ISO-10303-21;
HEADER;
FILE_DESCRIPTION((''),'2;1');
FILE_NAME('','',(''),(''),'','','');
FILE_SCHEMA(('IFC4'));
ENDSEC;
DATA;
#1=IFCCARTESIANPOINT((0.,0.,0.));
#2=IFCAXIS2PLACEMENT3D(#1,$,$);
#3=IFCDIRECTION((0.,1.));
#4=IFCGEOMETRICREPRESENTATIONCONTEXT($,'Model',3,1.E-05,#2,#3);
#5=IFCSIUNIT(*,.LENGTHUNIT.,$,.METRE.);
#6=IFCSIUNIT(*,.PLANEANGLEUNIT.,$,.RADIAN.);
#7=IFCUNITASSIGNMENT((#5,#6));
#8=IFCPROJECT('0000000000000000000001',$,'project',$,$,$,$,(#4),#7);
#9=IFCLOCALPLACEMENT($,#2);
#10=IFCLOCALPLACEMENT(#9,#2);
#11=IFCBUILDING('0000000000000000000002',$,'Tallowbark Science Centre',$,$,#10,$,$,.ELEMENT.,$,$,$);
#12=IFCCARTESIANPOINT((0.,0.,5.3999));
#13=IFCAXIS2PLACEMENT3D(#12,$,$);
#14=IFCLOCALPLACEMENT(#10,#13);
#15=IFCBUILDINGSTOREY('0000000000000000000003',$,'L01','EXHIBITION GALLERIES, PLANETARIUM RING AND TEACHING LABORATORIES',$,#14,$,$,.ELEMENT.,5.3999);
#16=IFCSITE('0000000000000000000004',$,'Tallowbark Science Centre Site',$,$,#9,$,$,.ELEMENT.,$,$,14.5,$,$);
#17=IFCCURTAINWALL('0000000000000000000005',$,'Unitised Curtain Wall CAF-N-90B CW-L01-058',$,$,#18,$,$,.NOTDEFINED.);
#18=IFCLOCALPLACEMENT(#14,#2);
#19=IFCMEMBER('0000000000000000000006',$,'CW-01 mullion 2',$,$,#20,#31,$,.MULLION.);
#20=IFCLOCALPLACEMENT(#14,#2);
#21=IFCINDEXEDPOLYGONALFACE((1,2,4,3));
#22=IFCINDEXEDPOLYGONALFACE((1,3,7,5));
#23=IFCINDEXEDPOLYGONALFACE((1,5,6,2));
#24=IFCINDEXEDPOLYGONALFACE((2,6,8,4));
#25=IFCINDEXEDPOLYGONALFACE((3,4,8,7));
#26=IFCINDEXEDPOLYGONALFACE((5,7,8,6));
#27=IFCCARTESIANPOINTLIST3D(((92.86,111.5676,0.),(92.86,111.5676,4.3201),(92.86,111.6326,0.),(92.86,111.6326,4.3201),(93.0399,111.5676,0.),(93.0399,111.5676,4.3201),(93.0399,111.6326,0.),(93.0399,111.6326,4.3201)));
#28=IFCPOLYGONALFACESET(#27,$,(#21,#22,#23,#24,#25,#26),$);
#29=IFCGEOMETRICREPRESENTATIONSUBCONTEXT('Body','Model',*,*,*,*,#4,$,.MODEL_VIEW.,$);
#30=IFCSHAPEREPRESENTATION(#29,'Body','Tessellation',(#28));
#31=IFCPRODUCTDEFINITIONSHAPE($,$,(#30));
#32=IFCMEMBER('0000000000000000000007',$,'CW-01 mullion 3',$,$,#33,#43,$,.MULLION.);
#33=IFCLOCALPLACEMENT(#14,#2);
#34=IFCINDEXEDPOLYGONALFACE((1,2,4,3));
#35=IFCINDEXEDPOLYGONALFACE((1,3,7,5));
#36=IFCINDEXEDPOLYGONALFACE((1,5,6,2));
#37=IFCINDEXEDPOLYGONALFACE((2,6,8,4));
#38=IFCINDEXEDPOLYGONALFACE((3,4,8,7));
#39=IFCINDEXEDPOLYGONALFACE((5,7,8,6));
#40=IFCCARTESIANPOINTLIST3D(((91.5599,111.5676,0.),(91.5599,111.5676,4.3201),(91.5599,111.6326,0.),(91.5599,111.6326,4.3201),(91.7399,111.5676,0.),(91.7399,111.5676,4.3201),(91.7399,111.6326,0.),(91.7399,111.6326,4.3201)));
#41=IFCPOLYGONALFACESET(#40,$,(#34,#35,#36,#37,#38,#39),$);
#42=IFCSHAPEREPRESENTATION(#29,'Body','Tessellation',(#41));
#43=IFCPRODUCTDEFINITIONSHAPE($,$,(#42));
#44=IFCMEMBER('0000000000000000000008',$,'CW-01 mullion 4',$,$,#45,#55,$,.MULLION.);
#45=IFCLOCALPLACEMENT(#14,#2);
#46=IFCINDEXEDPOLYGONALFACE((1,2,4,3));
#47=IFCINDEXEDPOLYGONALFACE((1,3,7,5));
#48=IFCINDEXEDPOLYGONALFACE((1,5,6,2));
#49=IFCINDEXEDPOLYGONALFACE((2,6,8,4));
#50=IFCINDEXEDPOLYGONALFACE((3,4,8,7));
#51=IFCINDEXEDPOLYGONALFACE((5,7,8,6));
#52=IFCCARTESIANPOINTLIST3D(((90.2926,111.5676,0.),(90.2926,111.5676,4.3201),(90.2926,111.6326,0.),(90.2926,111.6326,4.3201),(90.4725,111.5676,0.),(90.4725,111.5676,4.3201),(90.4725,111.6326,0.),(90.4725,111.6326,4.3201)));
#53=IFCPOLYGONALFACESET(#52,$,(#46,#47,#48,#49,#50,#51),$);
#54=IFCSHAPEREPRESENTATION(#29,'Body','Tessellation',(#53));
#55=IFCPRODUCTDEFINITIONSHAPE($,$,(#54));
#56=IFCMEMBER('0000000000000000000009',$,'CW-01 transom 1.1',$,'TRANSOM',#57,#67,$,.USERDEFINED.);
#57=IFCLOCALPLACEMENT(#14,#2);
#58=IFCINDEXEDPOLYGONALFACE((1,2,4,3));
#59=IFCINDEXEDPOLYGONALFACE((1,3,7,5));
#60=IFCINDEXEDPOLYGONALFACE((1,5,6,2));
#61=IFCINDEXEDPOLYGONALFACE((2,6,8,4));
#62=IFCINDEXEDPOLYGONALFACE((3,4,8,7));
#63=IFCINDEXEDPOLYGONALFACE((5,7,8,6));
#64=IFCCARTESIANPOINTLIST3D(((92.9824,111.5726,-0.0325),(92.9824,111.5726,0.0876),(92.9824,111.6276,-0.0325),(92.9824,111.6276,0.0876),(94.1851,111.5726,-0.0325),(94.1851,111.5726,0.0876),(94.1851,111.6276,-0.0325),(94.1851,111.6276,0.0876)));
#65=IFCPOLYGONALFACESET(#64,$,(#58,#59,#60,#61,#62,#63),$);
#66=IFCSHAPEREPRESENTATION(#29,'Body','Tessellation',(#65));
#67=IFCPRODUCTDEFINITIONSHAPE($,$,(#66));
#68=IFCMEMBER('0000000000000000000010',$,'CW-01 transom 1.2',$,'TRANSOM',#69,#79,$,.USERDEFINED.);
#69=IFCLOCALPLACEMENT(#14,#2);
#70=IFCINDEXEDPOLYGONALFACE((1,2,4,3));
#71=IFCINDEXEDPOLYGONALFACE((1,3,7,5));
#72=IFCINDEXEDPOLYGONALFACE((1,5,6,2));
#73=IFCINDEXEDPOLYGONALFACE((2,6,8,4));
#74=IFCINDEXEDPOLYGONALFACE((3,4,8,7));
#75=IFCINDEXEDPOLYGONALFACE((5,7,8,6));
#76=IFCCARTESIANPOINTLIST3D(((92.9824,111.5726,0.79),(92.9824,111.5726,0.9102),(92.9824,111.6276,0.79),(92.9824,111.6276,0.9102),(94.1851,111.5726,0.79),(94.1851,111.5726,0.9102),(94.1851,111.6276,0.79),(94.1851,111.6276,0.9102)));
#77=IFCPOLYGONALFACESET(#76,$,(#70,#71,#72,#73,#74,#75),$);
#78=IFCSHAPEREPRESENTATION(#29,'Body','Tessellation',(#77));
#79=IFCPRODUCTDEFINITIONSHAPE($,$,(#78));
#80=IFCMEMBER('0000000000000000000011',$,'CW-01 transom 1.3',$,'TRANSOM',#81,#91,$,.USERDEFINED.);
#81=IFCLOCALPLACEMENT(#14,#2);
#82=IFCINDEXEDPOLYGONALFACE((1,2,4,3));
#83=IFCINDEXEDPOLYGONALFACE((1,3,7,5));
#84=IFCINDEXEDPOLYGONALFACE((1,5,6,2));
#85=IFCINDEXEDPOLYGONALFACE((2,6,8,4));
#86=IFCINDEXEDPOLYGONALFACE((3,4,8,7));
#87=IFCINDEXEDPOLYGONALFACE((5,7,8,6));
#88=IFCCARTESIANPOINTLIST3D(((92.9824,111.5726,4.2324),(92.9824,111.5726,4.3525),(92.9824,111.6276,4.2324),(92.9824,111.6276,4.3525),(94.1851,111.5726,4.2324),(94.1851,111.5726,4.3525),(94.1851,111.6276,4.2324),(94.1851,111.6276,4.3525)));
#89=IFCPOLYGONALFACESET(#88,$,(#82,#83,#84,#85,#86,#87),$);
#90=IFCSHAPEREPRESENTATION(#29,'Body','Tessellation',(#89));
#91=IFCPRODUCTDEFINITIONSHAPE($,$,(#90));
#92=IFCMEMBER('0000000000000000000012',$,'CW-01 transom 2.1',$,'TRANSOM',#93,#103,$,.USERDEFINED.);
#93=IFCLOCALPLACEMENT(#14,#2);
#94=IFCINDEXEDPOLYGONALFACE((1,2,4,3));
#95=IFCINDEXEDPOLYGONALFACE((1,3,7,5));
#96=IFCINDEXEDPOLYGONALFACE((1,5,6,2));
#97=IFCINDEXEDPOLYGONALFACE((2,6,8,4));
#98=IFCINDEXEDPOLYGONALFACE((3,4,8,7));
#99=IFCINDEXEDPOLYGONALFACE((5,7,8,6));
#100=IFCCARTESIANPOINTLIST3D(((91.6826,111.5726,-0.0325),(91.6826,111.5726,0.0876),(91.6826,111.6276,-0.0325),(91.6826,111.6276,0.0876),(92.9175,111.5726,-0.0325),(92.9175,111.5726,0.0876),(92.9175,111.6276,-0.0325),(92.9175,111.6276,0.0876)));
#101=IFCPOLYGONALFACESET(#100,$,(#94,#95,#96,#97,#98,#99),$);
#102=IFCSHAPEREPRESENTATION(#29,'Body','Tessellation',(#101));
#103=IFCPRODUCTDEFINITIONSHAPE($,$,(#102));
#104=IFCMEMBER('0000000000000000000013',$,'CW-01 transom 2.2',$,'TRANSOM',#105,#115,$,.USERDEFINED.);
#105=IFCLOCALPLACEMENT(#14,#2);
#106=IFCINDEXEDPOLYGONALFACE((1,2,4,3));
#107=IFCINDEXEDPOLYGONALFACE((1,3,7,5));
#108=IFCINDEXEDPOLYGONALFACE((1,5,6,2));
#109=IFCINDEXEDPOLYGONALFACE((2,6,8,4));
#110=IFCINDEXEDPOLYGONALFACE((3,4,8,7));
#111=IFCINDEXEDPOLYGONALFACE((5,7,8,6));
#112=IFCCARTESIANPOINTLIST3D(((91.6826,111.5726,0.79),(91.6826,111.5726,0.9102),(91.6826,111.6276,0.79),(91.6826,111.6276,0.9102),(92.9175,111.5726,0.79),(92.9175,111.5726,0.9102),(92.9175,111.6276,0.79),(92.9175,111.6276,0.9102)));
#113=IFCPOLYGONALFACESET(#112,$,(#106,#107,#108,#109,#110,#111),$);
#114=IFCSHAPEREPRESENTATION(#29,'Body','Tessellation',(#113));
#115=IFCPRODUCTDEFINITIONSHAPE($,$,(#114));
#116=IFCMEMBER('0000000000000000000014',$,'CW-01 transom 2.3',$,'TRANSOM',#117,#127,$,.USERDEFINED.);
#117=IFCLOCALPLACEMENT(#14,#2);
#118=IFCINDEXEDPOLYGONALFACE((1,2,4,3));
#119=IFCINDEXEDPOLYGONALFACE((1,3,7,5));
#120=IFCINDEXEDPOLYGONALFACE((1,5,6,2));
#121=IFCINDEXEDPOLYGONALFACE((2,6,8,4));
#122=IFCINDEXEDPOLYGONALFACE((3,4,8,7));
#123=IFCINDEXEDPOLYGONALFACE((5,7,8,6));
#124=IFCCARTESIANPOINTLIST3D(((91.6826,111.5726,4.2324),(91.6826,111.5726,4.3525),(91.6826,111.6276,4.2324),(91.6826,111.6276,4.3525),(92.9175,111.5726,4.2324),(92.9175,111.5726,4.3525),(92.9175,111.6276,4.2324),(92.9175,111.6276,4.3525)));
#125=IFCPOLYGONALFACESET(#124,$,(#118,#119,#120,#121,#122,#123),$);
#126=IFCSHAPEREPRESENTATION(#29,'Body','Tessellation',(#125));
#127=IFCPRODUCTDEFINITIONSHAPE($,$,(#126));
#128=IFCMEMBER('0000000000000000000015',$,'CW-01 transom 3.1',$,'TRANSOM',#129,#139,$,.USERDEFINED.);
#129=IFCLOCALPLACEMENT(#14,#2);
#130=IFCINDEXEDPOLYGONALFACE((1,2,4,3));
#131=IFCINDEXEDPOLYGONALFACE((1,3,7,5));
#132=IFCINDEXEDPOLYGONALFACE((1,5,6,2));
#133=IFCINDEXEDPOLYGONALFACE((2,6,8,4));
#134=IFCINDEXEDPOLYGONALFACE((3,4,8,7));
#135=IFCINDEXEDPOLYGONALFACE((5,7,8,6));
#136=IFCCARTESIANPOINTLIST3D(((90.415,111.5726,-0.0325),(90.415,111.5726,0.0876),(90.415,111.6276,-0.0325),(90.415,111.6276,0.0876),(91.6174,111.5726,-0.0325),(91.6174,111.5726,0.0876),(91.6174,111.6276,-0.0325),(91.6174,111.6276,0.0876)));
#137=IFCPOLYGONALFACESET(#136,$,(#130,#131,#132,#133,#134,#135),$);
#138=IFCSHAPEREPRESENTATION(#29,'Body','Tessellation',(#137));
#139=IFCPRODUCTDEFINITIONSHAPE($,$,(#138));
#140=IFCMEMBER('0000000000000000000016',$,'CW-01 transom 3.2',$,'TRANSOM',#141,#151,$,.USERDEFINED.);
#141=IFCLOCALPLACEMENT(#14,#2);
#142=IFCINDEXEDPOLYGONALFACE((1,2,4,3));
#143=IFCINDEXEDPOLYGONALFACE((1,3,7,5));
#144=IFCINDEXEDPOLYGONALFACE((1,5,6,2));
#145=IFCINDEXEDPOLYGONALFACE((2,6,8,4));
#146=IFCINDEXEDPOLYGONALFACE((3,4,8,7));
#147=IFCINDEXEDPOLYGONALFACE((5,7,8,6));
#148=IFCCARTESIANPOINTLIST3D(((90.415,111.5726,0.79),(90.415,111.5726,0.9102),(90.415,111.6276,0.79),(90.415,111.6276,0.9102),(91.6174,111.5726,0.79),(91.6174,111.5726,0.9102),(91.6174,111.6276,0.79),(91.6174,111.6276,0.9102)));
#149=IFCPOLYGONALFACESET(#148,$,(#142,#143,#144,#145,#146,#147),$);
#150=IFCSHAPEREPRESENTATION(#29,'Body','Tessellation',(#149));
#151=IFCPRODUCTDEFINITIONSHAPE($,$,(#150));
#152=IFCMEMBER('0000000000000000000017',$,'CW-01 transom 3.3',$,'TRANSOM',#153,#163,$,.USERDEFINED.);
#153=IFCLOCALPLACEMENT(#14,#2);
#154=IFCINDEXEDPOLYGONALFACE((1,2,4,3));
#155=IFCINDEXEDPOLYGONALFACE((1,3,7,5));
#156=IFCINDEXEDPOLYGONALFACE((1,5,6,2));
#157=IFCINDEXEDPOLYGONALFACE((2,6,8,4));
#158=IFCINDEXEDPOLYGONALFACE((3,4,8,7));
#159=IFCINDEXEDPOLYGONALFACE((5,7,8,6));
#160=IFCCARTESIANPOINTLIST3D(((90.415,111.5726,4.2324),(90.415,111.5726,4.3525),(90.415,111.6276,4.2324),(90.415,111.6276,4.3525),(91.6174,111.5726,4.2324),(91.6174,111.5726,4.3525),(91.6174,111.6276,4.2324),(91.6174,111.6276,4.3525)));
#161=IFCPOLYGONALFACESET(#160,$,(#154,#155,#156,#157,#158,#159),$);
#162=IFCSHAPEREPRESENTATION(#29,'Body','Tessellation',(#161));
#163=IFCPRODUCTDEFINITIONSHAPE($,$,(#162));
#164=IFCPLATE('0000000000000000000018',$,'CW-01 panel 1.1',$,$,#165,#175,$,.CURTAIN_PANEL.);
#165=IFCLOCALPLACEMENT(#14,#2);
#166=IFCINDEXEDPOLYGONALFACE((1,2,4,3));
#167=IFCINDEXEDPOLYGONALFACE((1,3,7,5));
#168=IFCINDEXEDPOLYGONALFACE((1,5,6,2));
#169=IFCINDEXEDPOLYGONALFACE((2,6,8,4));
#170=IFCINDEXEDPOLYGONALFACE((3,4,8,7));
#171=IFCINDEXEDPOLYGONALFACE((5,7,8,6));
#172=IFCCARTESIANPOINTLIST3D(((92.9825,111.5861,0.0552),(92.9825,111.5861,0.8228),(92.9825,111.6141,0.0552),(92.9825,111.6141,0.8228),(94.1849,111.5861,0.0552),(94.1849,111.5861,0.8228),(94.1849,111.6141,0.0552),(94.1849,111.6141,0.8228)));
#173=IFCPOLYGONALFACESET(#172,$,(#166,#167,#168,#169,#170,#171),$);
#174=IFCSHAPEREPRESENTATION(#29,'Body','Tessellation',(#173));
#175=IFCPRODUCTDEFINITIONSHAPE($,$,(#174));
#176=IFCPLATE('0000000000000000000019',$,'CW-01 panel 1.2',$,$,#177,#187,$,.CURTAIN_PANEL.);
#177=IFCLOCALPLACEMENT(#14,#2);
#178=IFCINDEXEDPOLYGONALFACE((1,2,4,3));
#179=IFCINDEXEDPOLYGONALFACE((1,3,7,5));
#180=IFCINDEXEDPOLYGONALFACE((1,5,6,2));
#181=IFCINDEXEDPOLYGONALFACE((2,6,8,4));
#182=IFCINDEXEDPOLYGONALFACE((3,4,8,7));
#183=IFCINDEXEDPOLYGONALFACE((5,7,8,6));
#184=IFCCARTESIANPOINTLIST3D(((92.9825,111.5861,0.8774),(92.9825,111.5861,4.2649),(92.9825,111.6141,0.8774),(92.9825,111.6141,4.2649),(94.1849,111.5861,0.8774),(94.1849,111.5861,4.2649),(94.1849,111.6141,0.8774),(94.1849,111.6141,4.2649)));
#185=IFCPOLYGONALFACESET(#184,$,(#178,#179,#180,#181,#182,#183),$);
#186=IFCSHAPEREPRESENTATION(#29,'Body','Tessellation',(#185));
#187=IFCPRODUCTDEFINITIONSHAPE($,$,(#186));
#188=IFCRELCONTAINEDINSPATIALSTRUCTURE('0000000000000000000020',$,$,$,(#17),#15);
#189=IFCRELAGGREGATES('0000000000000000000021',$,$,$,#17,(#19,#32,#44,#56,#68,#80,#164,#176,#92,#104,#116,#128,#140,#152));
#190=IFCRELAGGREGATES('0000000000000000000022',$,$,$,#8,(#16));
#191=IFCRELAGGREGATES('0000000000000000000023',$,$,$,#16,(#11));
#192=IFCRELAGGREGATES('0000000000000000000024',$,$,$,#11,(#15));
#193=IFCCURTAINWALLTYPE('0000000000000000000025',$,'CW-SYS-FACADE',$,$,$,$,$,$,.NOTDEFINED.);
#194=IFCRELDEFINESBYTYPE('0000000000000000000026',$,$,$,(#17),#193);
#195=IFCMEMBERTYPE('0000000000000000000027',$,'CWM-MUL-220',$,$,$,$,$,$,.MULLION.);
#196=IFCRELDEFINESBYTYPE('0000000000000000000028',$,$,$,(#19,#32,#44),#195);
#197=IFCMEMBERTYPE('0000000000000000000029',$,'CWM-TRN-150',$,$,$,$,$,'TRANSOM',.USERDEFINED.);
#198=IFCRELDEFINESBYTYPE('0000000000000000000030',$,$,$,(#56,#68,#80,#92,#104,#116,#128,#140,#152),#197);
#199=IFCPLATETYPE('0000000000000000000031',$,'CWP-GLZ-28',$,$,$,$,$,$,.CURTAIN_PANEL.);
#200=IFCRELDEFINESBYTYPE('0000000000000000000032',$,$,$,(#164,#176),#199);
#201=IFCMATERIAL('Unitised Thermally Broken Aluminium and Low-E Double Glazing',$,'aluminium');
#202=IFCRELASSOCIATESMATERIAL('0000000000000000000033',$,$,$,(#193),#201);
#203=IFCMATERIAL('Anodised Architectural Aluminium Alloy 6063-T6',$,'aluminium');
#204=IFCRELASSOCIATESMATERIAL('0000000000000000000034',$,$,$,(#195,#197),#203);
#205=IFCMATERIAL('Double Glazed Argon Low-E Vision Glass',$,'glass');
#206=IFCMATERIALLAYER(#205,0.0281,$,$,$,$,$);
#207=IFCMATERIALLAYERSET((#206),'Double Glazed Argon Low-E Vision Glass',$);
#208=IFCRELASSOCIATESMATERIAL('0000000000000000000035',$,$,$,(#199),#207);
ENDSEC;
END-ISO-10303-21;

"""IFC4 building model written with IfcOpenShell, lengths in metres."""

from ifc_helpers import new_model, si_unit, direction, frame, origin, origin_2d, place, context, subcontext, project, spatial, rectangle, extrude, material, layer, layer_set, material_profile, profile_set, type_object, element, aggregate, save


model = new_model("IFC4")

# Units and contexts
model_context = context("Model", 3, precision=1e-05, world=origin(), true_north=direction((0.0, 1.0)))
body_context = subcontext(model_context, "Body", "Model", "MODEL_VIEW")
ifc_project = project(units=[si_unit("LENGTHUNIT", "METRE"), si_unit("PLANEANGLEUNIT", "RADIAN")], contexts=[model_context])

# Site, building, storey
site_placement = place(None, origin())
site = spatial("IfcSite", under=ifc_project, at=site_placement, Name="Tallowbark Science Centre Site", CompositionType="ELEMENT", RefElevation=14.5)
building_placement = place(site_placement, origin())
building = spatial("IfcBuilding", under=site, at=building_placement, Name="Tallowbark Science Centre", CompositionType="ELEMENT")
storey_placement = place(building_placement, frame((0.0, 0.0, 5.3999)))
storey = spatial("IfcBuildingStorey", under=building, at=storey_placement, Name="L01", Description="EXHIBITION GALLERIES, PLANETARIUM RING AND TEACHING LABORATORIES", CompositionType="ELEMENT", Elevation=5.3999)

# Curtain wall, members, plates
ifc_material_1 = material(Name="Unitised Thermally Broken Aluminium and Low-E Double Glazing", Category="aluminium")
curtain_wall_type = type_object("IfcCurtainWallType", Name="CW-SYS-FACADE", PredefinedType="NOTDEFINED", material=ifc_material_1)
curtain_wall_placement = place(storey_placement, origin())
curtain_wall = element("IfcCurtainWall", 1, at=curtain_wall_placement, inside=storey, type_object=curtain_wall_type, Name="Unitised Curtain Wall CAF-N-90B CW-L01-058", PredefinedType="NOTDEFINED")
ifc_material_2 = material(Name="Anodised Architectural Aluminium Alloy 6063-T6", Category="aluminium")
ifc_material_profile_1 = material_profile(ifc_material_2, rectangle(XDim=0.0649, YDim=0.1799, at=origin_2d()), Name="ALU65x180")
ifc_profile_set_1 = profile_set([ifc_material_profile_1], Name="Anodised Architectural Aluminium Alloy 6063-T6")
member_type_1 = type_object("IfcMemberType", Name="CWM-MUL-220", PredefinedType="MULLION", material=ifc_profile_set_1)
member_1_placement = place(storey_placement, frame((92.95, 111.6001, 0.0), z_axis=(0.0, 0.0, 1.0), x_axis=(0.0, -1.0, 0.0)))
member_1 = element("IfcMember", 2, at=member_1_placement, type_object=member_type_1, Name="CW-01 mullion 2", PredefinedType="MULLION", context=body_context, shape_type="SweptSolid", body=[
    extrude(rectangle(XDim=0.0649, YDim=0.1799, at=origin_2d()), origin(), (0.0, 0.0, 1.0), 4.3201),
])
member_2_placement = place(storey_placement, frame((91.6499, 111.6001, 0.0), z_axis=(0.0, 0.0, 1.0), x_axis=(0.0, -1.0, 0.0)))
member_2 = element("IfcMember", 3, at=member_2_placement, type_object=member_type_1, Name="CW-01 mullion 3", PredefinedType="MULLION", context=body_context, shape_type="SweptSolid", body=[
    extrude(rectangle(XDim=0.0649, YDim=0.1799, at=origin_2d()), origin(), (0.0, 0.0, 1.0), 4.3201),
])
member_3_placement = place(storey_placement, frame((90.3826, 111.6001, 0.0), z_axis=(0.0, 0.0, 1.0), x_axis=(0.0, -1.0, 0.0)))
member_3 = element("IfcMember", 4, at=member_3_placement, type_object=member_type_1, Name="CW-01 mullion 4", PredefinedType="MULLION", context=body_context, shape_type="SweptSolid", body=[
    extrude(rectangle(XDim=0.0649, YDim=0.1799, at=origin_2d()), origin(), (0.0, 0.0, 1.0), 4.3201),
])
ifc_material_profile_2 = material_profile(ifc_material_2, rectangle(XDim=0.0549, YDim=0.1201, at=origin_2d()), Name="ALU55x120")
ifc_profile_set_2 = profile_set([ifc_material_profile_2], Name="Anodised Architectural Aluminium Alloy 6063-T6")
member_type_2 = type_object("IfcMemberType", Name="CWM-TRN-150", ElementType="TRANSOM", PredefinedType="USERDEFINED", material=ifc_profile_set_2)
member_4_placement = place(storey_placement, frame((94.1851, 111.6001, 0.0276), z_axis=(-1.0, 0.0, 0.0), x_axis=(0.0, -1.0, 0.0)))
member_4 = element("IfcMember", 5, at=member_4_placement, type_object=member_type_2, Name="CW-01 transom 1.1", ObjectType="TRANSOM", PredefinedType="USERDEFINED", context=body_context, shape_type="SweptSolid", body=[
    extrude(rectangle(XDim=0.0549, YDim=0.1201, at=origin_2d()), origin(), (0.0, 0.0, 1.0), 1.2026),
])
member_5_placement = place(storey_placement, frame((94.1851, 111.6001, 0.8501), z_axis=(-1.0, 0.0, 0.0), x_axis=(0.0, -1.0, 0.0)))
member_5 = element("IfcMember", 6, at=member_5_placement, type_object=member_type_2, Name="CW-01 transom 1.2", ObjectType="TRANSOM", PredefinedType="USERDEFINED", context=body_context, shape_type="SweptSolid", body=[
    extrude(rectangle(XDim=0.0549, YDim=0.1201, at=origin_2d()), origin(), (0.0, 0.0, 1.0), 1.2026),
])
member_6_placement = place(storey_placement, frame((94.1851, 111.6001, 4.2925), z_axis=(-1.0, 0.0, 0.0), x_axis=(0.0, -1.0, 0.0)))
member_6 = element("IfcMember", 7, at=member_6_placement, type_object=member_type_2, Name="CW-01 transom 1.3", ObjectType="TRANSOM", PredefinedType="USERDEFINED", context=body_context, shape_type="SweptSolid", body=[
    extrude(rectangle(XDim=0.0549, YDim=0.1201, at=origin_2d()), origin(), (0.0, 0.0, 1.0), 1.2026),
])
member_7_placement = place(storey_placement, frame((92.9175, 111.6001, 0.0276), z_axis=(-1.0, 0.0, 0.0), x_axis=(0.0, -1.0, 0.0)))
member_7 = element("IfcMember", 8, at=member_7_placement, type_object=member_type_2, Name="CW-01 transom 2.1", ObjectType="TRANSOM", PredefinedType="USERDEFINED", context=body_context, shape_type="SweptSolid", body=[
    extrude(rectangle(XDim=0.0549, YDim=0.1201, at=origin_2d()), origin(), (0.0, 0.0, 1.0), 1.2349),
])
member_8_placement = place(storey_placement, frame((92.9175, 111.6001, 0.8501), z_axis=(-1.0, 0.0, 0.0), x_axis=(0.0, -1.0, 0.0)))
member_8 = element("IfcMember", 9, at=member_8_placement, type_object=member_type_2, Name="CW-01 transom 2.2", ObjectType="TRANSOM", PredefinedType="USERDEFINED", context=body_context, shape_type="SweptSolid", body=[
    extrude(rectangle(XDim=0.0549, YDim=0.1201, at=origin_2d()), origin(), (0.0, 0.0, 1.0), 1.2349),
])
member_9_placement = place(storey_placement, frame((92.9175, 111.6001, 4.2925), z_axis=(-1.0, 0.0, 0.0), x_axis=(0.0, -1.0, 0.0)))
member_9 = element("IfcMember", 10, at=member_9_placement, type_object=member_type_2, Name="CW-01 transom 2.3", ObjectType="TRANSOM", PredefinedType="USERDEFINED", context=body_context, shape_type="SweptSolid", body=[
    extrude(rectangle(XDim=0.0549, YDim=0.1201, at=origin_2d()), origin(), (0.0, 0.0, 1.0), 1.2349),
])
member_10_placement = place(storey_placement, frame((91.6174, 111.6001, 0.0276), z_axis=(-1.0, 0.0, 0.0), x_axis=(0.0, -1.0, 0.0)))
member_10 = element("IfcMember", 11, at=member_10_placement, type_object=member_type_2, Name="CW-01 transom 3.1", ObjectType="TRANSOM", PredefinedType="USERDEFINED", context=body_context, shape_type="SweptSolid", body=[
    extrude(rectangle(XDim=0.0549, YDim=0.1201, at=origin_2d()), origin(), (0.0, 0.0, 1.0), 1.2024),
])
member_11_placement = place(storey_placement, frame((91.6174, 111.6001, 0.8501), z_axis=(-1.0, 0.0, 0.0), x_axis=(0.0, -1.0, 0.0)))
member_11 = element("IfcMember", 12, at=member_11_placement, type_object=member_type_2, Name="CW-01 transom 3.2", ObjectType="TRANSOM", PredefinedType="USERDEFINED", context=body_context, shape_type="SweptSolid", body=[
    extrude(rectangle(XDim=0.0549, YDim=0.1201, at=origin_2d()), origin(), (0.0, 0.0, 1.0), 1.2024),
])
member_12_placement = place(storey_placement, frame((91.6174, 111.6001, 4.2925), z_axis=(-1.0, 0.0, 0.0), x_axis=(0.0, -1.0, 0.0)))
member_12 = element("IfcMember", 13, at=member_12_placement, type_object=member_type_2, Name="CW-01 transom 3.3", ObjectType="TRANSOM", PredefinedType="USERDEFINED", context=body_context, shape_type="SweptSolid", body=[
    extrude(rectangle(XDim=0.0549, YDim=0.1201, at=origin_2d()), origin(), (0.0, 0.0, 1.0), 1.2024),
])
ifc_material_3 = material(Name="Double Glazed Argon Low-E Vision Glass", Category="glass")
ifc_layer_1 = layer(ifc_material_3, 0.0281)
ifc_layer_set_1 = layer_set([ifc_layer_1], Name="Double Glazed Argon Low-E Vision Glass")
plate_type = type_object("IfcPlateType", Name="CWP-GLZ-28", PredefinedType="CURTAIN_PANEL", material=ifc_layer_set_1)
plate_1_placement = place(storey_placement, frame((93.5837, 111.6001, 0.0552), z_axis=(0.0, 0.0, 1.0), x_axis=(-1.0, 0.0, 0.0)))
plate_1 = element("IfcPlate", 14, at=plate_1_placement, type_object=plate_type, Name="CW-01 panel 1.1", PredefinedType="CURTAIN_PANEL", context=body_context, shape_type="SweptSolid", body=[
    extrude(rectangle(XDim=1.2024, YDim=0.0281, at=origin_2d()), origin(), (0.0, 0.0, 1.0), 0.7676),
])
plate_2_placement = place(storey_placement, frame((93.5837, 111.6001, 0.8774), z_axis=(0.0, 0.0, 1.0), x_axis=(-1.0, 0.0, 0.0)))
plate_2 = element("IfcPlate", 15, at=plate_2_placement, type_object=plate_type, Name="CW-01 panel 1.2", PredefinedType="CURTAIN_PANEL", context=body_context, shape_type="SweptSolid", body=[
    extrude(rectangle(XDim=1.2024, YDim=0.0281, at=origin_2d()), origin(), (0.0, 0.0, 1.0), 3.3875),
])
aggregate(curtain_wall, [member_1, member_2, member_3, member_4, member_5, member_6, plate_1, plate_2, member_7, member_8, member_9, member_10, member_11, member_12])

save(model, "model.ifc")
